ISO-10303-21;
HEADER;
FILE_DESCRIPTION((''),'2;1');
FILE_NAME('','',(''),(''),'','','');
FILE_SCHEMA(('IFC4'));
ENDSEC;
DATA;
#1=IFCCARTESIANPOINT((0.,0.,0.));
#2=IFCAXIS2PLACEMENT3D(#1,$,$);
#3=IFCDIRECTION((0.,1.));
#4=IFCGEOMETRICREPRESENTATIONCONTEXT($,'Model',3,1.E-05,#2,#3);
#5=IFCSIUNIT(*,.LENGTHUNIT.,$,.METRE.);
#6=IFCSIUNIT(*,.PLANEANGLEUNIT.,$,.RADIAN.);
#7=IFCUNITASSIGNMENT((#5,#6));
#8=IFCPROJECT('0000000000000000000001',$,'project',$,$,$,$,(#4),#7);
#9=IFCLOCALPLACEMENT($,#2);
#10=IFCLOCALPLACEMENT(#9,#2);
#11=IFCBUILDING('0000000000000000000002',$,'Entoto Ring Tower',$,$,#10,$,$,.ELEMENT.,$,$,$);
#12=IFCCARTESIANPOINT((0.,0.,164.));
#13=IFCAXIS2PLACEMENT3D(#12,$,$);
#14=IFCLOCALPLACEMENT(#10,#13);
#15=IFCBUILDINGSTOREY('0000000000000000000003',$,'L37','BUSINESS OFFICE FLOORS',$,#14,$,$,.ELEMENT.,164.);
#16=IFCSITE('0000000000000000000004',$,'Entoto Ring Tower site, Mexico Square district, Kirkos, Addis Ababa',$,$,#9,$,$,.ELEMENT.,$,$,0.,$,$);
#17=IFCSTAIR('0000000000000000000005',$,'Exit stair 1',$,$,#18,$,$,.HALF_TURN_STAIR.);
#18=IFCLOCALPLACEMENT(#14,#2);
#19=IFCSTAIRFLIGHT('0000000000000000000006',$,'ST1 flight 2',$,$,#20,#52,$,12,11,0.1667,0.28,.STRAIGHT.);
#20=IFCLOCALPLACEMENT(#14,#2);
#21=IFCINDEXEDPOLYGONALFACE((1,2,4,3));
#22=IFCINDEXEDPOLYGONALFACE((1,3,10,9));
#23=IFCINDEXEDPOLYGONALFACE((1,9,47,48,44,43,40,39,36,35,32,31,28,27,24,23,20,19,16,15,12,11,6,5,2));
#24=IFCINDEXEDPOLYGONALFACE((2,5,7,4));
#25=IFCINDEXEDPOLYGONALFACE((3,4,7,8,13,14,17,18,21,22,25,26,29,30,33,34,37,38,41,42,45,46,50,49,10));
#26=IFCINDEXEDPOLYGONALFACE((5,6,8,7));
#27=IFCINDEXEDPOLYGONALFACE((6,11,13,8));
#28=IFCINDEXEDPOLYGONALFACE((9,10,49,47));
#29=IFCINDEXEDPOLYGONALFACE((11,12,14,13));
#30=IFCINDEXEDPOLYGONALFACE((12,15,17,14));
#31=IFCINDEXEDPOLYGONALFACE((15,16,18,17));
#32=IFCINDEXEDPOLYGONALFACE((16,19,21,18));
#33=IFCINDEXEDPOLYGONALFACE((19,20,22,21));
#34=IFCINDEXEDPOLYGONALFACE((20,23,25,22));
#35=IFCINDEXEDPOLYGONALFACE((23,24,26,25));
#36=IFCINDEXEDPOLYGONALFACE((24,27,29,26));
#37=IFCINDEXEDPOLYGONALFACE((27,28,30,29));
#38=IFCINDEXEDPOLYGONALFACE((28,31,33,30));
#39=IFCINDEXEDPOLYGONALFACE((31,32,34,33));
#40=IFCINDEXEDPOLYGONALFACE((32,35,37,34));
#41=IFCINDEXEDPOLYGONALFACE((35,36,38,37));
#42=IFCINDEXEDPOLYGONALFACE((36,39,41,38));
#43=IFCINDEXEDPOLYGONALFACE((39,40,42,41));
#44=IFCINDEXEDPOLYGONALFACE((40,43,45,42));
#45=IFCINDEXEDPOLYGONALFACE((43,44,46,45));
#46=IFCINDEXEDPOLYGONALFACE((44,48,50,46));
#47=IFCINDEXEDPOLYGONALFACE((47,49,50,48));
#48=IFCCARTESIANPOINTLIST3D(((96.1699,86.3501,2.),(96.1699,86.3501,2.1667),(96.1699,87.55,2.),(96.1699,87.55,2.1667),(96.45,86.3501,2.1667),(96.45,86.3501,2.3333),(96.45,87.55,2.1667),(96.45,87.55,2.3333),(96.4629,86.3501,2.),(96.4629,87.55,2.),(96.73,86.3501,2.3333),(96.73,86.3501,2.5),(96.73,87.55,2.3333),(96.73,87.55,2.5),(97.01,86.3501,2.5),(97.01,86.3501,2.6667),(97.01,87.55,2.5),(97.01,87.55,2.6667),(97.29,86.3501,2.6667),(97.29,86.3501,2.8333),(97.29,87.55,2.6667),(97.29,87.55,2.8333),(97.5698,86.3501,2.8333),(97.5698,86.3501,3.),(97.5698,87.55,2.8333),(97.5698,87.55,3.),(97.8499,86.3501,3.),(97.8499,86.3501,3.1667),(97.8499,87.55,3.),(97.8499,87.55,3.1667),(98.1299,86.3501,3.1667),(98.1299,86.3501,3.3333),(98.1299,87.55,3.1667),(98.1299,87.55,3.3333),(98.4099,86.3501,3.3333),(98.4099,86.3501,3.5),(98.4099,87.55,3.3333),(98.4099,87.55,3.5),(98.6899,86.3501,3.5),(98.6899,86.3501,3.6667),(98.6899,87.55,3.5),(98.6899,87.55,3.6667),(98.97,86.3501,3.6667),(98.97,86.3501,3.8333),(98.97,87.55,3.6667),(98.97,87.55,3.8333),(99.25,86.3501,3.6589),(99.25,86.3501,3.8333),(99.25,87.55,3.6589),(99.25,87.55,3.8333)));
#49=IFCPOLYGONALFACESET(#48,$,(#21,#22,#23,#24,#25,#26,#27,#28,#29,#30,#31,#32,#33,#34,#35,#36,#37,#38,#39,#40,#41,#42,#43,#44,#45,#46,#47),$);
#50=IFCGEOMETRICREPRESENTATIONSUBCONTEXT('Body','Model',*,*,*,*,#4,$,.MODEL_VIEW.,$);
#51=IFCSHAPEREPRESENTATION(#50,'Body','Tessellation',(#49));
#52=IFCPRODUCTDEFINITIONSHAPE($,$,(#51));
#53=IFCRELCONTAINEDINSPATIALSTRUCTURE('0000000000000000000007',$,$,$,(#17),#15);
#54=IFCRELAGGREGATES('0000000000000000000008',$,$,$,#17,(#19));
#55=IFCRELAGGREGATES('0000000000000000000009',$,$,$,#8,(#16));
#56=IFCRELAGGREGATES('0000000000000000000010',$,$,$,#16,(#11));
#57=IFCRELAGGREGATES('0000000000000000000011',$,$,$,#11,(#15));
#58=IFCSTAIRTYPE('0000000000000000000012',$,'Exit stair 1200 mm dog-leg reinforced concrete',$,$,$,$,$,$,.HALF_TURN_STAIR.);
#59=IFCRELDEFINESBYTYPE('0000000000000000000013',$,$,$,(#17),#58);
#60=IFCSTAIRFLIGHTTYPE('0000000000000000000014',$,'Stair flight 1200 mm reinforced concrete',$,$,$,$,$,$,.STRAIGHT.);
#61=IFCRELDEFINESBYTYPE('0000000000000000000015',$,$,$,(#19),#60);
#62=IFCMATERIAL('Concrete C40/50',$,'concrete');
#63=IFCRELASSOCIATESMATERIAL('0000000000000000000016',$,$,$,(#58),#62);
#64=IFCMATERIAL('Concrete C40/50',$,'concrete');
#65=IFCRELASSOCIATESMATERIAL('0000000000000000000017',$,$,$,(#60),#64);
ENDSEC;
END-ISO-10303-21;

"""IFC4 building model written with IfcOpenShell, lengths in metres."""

from ifc_helpers import new_model, si_unit, direction, frame, origin, place, context, subcontext, project, spatial, polyline, outline, extrude, material, type_object, element, aggregate, save


model = new_model("IFC4")

# Units and contexts
model_context = context("Model", 3, precision=1e-05, world=origin(), true_north=direction((0.0, 1.0)))
body_context = subcontext(model_context, "Body", "Model", "MODEL_VIEW")
ifc_project = project(units=[si_unit("LENGTHUNIT", "METRE"), si_unit("PLANEANGLEUNIT", "RADIAN")], contexts=[model_context])

# Site, building, storey
site_placement = place(None, origin())
site = spatial("IfcSite", under=ifc_project, at=site_placement, Name="Entoto Ring Tower site, Mexico Square district, Kirkos, Addis Ababa", CompositionType="ELEMENT", RefElevation=0.0)
building_placement = place(site_placement, origin())
building = spatial("IfcBuilding", under=site, at=building_placement, Name="Entoto Ring Tower", CompositionType="ELEMENT")
storey_placement = place(building_placement, frame((0.0, 0.0, 164.0)))
storey = spatial("IfcBuildingStorey", under=building, at=storey_placement, Name="L37", Description="BUSINESS OFFICE FLOORS", CompositionType="ELEMENT", Elevation=164.0)

# Stair, stair flight
ifc_material_1 = material(Name="Concrete C40/50", Category="concrete")
stair_type = type_object("IfcStairType", Name="Exit stair 1200 mm dog-leg reinforced concrete", PredefinedType="HALF_TURN_STAIR", material=ifc_material_1)
stair_placement = place(storey_placement, origin())
stair = element("IfcStair", 1, at=stair_placement, inside=storey, type_object=stair_type, Name="Exit stair 1", PredefinedType="HALF_TURN_STAIR")
ifc_material_2 = material(Name="Concrete C40/50", Category="concrete")
stair_flight_type = type_object("IfcStairFlightType", Name="Stair flight 1200 mm reinforced concrete", PredefinedType="STRAIGHT", material=ifc_material_2)
stair_flight_1_placement = place(storey_placement, frame((96.1699, 86.95, 2.0), z_axis=(0.0, 0.0, 1.0), x_axis=(1.0, 0.0, 0.0)))
stair_flight_1 = element("IfcStairFlight", 2, at=stair_flight_1_placement, type_object=stair_flight_type, Name="ST1 flight 2", NumberOfRisers=12, NumberOfTreads=11, PredefinedType="STRAIGHT", RiserHeight=0.1667, TreadLength=0.28, context=body_context, shape_type="SweptSolid", body=[
    extrude(outline(polyline([(0.0, 0.0), (0.0, 0.1667), (0.28, 0.1667), (0.28, 0.3333), (0.5601, 0.3333), (0.5601, 0.5), (0.8401, 0.5), (0.8401, 0.6667), (1.1201, 0.6667), (1.1201, 0.8333), (1.3999, 0.8333), (1.3999, 1.0), (1.6799, 1.0), (1.6799, 1.1667), (1.96, 1.1667), (1.96, 1.3333), (2.24, 1.3333), (2.24, 1.5), (2.52, 1.5), (2.52, 1.6667), (2.8, 1.6667), (2.8, 1.8333), (3.0801, 1.8333), (3.0801, 2.0), (3.0801, 1.6589), (0.293, 0.0), (0.0, 0.0)])), frame((0.0, 0.6001, 0.0), z_axis=(0.0, -1.0, 0.0), x_axis=(1.0, 0.0, 0.0)), (0.0, 0.0, 1.0), 1.2),
])
aggregate(stair, [stair_flight_1])

save(model, "model.ifc")
